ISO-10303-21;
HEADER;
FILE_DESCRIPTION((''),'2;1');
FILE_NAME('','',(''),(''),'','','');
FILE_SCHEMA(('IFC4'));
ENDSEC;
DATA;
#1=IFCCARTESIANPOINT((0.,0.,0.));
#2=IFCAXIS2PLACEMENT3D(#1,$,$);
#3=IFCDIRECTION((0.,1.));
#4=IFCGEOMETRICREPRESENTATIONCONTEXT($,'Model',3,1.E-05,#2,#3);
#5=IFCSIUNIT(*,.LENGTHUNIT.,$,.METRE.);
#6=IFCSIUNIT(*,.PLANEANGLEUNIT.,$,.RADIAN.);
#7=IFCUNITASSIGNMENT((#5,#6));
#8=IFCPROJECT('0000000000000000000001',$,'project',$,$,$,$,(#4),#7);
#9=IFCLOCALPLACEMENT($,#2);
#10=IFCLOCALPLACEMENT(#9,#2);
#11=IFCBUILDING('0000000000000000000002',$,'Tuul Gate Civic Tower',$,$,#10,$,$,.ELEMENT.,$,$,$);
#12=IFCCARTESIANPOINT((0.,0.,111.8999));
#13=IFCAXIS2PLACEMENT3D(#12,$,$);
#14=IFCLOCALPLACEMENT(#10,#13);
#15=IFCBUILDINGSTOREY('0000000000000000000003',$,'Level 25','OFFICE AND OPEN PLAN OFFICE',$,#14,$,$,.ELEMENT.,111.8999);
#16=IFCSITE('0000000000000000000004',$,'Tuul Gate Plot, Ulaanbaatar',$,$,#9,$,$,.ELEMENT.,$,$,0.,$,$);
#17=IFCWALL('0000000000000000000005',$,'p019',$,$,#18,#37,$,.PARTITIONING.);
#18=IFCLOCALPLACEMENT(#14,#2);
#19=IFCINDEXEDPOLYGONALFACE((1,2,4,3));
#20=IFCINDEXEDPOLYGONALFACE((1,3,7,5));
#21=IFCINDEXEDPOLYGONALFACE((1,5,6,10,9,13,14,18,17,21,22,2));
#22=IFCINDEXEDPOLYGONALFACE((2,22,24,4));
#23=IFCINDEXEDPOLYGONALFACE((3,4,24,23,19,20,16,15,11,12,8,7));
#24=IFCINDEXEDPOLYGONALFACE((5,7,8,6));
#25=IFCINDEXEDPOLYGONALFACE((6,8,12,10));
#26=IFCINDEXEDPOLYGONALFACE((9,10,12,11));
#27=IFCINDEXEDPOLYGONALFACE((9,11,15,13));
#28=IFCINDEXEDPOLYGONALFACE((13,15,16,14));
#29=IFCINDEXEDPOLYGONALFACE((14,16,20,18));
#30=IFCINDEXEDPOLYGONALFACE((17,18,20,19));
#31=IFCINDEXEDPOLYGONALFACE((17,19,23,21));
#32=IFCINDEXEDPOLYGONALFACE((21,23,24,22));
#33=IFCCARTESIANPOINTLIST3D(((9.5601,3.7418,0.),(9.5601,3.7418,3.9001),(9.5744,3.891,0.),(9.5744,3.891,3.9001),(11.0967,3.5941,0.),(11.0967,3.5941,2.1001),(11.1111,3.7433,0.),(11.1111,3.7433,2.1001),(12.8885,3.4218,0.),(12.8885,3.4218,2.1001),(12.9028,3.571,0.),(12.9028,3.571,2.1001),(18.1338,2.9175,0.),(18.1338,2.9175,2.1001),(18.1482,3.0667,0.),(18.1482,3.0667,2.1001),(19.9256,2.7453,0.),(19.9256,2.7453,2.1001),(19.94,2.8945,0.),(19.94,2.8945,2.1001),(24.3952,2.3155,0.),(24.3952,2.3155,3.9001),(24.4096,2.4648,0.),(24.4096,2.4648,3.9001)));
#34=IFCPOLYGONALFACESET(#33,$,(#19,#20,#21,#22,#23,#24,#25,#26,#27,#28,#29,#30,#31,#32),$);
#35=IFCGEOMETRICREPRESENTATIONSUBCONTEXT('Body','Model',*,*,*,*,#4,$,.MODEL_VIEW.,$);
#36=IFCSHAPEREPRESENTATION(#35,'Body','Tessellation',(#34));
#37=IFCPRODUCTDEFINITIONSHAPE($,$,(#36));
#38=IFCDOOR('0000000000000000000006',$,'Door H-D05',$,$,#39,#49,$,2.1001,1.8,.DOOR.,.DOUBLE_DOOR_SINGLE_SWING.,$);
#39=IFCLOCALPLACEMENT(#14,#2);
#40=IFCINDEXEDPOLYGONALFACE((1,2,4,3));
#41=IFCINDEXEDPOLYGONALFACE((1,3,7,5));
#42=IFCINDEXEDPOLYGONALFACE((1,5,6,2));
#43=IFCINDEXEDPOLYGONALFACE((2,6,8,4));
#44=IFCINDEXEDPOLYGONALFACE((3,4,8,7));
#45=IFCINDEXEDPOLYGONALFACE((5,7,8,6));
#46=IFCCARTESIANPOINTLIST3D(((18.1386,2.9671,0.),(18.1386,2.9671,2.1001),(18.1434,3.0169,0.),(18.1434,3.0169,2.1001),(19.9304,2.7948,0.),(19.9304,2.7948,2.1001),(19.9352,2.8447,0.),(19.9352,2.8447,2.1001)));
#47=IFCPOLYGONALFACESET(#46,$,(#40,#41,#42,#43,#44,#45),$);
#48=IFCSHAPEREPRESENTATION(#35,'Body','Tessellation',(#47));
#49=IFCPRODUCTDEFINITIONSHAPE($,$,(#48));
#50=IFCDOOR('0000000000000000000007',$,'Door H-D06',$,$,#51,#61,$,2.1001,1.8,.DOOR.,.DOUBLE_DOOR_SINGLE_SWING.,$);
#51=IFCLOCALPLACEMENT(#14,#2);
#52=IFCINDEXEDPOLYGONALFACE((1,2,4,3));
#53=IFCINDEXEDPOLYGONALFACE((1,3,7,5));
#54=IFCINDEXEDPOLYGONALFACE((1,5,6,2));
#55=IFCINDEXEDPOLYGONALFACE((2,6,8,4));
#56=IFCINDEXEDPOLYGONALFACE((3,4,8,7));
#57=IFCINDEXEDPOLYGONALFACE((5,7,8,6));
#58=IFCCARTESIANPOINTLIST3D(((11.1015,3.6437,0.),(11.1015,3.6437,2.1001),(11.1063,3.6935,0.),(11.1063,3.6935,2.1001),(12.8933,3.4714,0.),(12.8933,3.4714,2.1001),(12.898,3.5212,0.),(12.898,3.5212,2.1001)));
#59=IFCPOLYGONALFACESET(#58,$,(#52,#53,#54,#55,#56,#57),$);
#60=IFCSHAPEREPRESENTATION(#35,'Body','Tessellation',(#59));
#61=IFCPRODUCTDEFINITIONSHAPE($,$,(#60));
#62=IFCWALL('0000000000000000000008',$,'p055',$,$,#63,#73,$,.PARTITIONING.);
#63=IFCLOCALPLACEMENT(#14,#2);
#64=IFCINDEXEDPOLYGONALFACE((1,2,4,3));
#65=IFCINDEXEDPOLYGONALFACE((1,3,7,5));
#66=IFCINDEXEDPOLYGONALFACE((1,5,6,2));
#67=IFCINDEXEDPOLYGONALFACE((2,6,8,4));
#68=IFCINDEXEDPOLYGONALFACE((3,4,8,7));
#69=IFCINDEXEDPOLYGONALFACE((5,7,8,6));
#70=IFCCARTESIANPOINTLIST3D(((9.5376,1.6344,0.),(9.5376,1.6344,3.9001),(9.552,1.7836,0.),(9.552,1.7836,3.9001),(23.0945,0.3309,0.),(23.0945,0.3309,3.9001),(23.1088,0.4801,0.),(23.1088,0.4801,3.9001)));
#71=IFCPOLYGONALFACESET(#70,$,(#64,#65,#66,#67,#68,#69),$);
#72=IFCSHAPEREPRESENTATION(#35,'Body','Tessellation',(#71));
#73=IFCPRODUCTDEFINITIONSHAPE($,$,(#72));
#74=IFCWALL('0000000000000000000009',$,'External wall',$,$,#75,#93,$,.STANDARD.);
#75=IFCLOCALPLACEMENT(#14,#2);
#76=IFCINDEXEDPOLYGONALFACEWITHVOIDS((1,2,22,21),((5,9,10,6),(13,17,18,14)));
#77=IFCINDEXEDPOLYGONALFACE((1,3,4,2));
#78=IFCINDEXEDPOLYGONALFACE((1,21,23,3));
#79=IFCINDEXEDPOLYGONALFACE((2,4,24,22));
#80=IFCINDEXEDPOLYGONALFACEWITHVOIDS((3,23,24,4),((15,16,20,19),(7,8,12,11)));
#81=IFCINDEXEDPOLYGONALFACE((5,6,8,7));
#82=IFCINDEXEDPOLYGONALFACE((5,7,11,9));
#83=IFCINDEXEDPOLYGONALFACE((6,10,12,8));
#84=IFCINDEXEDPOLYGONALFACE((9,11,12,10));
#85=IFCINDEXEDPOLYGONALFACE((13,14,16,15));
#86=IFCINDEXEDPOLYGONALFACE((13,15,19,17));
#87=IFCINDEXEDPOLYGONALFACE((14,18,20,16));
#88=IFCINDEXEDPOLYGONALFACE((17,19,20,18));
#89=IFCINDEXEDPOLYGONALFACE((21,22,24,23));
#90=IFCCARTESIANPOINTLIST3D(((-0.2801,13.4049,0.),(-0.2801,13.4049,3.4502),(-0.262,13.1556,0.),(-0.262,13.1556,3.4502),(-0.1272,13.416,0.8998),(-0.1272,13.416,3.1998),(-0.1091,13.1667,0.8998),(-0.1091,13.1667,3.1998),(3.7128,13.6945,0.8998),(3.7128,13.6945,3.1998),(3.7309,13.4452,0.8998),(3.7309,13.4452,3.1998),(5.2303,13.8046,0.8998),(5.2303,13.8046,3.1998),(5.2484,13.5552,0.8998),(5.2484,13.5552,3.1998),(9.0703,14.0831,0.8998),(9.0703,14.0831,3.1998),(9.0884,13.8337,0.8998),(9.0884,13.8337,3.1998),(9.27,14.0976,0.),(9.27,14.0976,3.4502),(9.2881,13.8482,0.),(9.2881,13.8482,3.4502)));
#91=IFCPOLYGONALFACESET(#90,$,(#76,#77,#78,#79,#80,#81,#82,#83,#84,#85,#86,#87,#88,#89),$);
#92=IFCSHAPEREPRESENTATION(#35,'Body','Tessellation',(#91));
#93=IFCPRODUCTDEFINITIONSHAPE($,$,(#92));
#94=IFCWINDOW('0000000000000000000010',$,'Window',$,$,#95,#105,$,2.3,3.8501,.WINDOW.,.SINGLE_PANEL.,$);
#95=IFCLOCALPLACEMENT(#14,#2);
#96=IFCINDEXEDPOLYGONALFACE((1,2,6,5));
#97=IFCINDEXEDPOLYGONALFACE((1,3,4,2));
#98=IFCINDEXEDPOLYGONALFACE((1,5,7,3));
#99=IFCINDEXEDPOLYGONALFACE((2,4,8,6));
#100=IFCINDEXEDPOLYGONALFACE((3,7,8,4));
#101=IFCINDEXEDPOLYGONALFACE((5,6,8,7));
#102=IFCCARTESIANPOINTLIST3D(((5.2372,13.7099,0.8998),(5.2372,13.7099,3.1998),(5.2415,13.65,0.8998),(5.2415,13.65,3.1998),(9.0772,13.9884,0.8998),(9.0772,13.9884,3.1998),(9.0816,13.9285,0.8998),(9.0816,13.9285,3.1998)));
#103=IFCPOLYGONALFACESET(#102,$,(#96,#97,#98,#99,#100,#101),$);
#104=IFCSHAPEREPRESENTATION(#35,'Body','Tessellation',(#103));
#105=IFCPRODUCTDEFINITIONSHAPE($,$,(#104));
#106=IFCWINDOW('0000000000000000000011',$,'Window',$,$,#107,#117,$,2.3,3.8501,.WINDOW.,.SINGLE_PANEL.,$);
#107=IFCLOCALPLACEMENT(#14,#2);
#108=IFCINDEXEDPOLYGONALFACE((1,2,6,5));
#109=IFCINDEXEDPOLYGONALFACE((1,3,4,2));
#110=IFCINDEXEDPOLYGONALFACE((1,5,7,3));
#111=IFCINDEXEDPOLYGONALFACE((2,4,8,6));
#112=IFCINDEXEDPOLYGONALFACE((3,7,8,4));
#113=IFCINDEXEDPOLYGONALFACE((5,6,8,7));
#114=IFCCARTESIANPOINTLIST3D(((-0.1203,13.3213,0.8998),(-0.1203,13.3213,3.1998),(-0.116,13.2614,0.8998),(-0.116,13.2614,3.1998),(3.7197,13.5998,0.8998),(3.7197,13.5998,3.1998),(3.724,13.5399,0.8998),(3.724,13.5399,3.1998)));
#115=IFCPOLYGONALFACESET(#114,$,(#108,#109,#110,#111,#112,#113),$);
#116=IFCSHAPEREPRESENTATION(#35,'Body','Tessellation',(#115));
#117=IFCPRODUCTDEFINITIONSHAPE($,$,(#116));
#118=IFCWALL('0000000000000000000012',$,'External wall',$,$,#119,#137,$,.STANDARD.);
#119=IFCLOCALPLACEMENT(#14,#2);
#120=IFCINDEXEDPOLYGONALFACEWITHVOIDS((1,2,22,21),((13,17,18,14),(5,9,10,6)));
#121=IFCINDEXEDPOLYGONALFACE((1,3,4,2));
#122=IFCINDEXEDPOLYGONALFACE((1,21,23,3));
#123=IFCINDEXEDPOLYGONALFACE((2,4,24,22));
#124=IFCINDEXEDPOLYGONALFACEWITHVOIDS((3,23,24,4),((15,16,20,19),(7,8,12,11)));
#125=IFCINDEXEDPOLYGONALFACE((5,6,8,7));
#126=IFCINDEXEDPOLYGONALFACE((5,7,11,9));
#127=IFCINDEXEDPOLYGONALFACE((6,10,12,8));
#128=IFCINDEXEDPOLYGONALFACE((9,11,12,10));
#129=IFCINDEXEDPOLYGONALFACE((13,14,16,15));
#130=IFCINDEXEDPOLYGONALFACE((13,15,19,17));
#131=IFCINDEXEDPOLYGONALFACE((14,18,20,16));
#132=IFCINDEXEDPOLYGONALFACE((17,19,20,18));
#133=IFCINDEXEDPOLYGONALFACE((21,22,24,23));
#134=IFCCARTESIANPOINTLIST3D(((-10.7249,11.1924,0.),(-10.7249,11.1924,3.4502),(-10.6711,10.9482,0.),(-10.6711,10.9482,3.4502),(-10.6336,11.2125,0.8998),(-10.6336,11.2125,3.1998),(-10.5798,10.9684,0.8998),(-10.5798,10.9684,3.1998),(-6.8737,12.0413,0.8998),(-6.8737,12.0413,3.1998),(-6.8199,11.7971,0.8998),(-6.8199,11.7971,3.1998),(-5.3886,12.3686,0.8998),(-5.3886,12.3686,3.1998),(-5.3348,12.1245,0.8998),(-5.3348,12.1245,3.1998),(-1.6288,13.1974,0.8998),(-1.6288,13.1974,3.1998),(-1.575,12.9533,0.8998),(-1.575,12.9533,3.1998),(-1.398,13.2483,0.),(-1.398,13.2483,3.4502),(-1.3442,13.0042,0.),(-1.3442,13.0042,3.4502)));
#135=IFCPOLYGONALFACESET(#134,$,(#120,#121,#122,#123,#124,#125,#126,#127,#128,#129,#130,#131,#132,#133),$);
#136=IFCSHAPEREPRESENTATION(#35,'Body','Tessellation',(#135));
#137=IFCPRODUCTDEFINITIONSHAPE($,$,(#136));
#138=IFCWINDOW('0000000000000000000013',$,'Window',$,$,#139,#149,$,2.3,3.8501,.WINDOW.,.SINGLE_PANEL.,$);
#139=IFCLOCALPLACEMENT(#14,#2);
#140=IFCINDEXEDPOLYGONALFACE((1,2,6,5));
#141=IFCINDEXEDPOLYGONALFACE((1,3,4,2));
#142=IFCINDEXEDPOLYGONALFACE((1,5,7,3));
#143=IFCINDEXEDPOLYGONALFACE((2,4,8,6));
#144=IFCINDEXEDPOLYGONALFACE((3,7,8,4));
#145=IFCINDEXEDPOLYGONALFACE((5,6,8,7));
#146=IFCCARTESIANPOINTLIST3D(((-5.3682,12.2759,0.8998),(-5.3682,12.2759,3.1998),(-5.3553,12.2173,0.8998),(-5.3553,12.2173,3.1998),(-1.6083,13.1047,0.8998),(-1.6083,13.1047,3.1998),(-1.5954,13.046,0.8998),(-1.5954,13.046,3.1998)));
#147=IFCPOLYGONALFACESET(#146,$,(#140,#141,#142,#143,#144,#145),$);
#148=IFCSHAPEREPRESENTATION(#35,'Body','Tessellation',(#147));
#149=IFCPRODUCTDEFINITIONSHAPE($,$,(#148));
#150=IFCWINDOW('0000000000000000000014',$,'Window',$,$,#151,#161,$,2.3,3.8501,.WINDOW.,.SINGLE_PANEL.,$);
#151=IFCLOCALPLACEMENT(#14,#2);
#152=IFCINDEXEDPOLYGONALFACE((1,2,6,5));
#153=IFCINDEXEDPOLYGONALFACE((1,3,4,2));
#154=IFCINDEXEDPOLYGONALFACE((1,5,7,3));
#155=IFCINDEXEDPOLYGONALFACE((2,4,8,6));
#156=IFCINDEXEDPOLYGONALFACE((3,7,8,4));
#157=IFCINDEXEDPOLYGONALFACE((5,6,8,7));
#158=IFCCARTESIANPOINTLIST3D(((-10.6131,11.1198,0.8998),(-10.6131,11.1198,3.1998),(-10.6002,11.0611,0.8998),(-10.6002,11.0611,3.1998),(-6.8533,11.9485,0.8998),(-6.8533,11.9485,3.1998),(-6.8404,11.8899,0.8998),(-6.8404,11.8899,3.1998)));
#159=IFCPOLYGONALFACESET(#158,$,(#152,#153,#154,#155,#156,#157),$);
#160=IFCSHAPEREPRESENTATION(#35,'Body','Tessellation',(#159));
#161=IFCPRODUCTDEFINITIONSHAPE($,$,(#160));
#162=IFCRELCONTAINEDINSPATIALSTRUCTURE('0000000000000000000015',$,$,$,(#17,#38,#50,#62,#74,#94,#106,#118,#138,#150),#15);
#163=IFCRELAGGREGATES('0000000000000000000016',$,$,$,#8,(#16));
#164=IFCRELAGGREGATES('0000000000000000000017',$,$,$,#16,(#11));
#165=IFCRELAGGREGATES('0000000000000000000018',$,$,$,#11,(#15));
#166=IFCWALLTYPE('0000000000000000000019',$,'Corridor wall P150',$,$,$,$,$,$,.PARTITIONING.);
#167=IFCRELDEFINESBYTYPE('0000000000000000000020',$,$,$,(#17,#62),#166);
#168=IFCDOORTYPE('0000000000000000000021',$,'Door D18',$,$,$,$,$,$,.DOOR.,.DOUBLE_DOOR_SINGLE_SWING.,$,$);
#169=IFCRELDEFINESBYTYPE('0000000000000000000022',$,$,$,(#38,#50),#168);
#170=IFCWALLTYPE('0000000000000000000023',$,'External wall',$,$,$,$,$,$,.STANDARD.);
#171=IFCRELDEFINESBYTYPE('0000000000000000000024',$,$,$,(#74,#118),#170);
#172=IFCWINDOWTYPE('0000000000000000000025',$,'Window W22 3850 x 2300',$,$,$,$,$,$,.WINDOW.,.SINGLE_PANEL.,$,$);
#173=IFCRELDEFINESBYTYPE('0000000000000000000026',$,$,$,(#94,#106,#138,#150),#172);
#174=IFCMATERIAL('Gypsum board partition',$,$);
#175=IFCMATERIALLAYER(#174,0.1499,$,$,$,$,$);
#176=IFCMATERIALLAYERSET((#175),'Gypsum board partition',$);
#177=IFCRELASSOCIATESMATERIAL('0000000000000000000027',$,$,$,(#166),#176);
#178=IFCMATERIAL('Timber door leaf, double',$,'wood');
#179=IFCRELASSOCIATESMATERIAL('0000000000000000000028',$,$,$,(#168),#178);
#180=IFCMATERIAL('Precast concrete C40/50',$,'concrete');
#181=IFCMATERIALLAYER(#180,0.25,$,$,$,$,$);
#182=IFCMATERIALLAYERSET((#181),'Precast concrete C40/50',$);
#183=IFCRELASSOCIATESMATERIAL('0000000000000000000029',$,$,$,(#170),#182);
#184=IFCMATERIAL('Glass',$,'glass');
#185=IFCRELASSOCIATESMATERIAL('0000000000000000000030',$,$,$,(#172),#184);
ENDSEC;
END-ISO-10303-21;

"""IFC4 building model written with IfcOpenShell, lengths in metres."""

from ifc_helpers import new_model, si_unit, direction, frame, frame_2d, origin, place, context, subcontext, project, spatial, rectangle, extrude, material, layer, layer_set, type_object, element, fill, save


model = new_model("IFC4")

# Units and contexts
model_context = context("Model", 3, precision=1e-05, world=origin(), true_north=direction((0.0, 1.0)))
body_context = subcontext(model_context, "Body", "Model", "MODEL_VIEW")
ifc_project = project(units=[si_unit("LENGTHUNIT", "METRE"), si_unit("PLANEANGLEUNIT", "RADIAN")], contexts=[model_context])

# Site, building, storey
site_placement = place(None, origin())
site = spatial("IfcSite", under=ifc_project, at=site_placement, Name="Tuul Gate Plot, Ulaanbaatar", CompositionType="ELEMENT", RefElevation=0.0)
building_placement = place(site_placement, origin())
building = spatial("IfcBuilding", under=site, at=building_placement, Name="Tuul Gate Civic Tower", CompositionType="ELEMENT")
storey_placement = place(building_placement, frame((0.0, 0.0, 111.8999)))
storey = spatial("IfcBuildingStorey", under=building, at=storey_placement, Name="Level 25", Description="OFFICE AND OPEN PLAN OFFICE", CompositionType="ELEMENT", Elevation=111.8999)

# Wall, openings, doors
ifc_material_1 = material(Name="Gypsum board partition")
ifc_layer_1 = layer(ifc_material_1, 0.1499)
ifc_layer_set_1 = layer_set([ifc_layer_1], Name="Gypsum board partition")
wall_type_1 = type_object("IfcWallType", Name="Corridor wall P150", PredefinedType="PARTITIONING", material=ifc_layer_set_1)
wall_1_placement = place(storey_placement, frame((9.5674, 3.8164, 0.0), z_axis=(0.0, 0.0, 1.0), x_axis=(0.99541, -0.0957, 0.0)))
wall_1 = element("IfcWall", 1, at=wall_1_placement, inside=storey, type_object=wall_type_1, Name="p019", PredefinedType="PARTITIONING", context=body_context, shape_type="SweptSolid", body=[
    extrude(rectangle(XDim=14.9036, YDim=0.1499, at=frame_2d((7.4517, 0.0))), origin(), (0.0, 0.0, 1.0), 3.9001),
])
opening_1_placement = place(wall_1_placement, frame((8.6133, 0.0, 0.0)))
opening_1 = element("IfcOpeningElement", 2, at=opening_1_placement, cuts=wall_1, PredefinedType="OPENING", context=body_context, shape_type="SweptSolid", body=[
    extrude(rectangle(XDim=1.8, YDim=2.1001, at=frame_2d((0.8999, 1.05))), frame((0.0, 0.085, 0.0), z_axis=(0.0, -1.0, 0.0), x_axis=(1.0, 0.0, 0.0)), (0.0, 0.0, 1.0), 0.1699),
])
opening_2_placement = place(wall_1_placement, frame((1.5437, 0.0, 0.0)))
opening_2 = element("IfcOpeningElement", 3, at=opening_2_placement, cuts=wall_1, PredefinedType="OPENING", context=body_context, shape_type="SweptSolid", body=[
    extrude(rectangle(XDim=1.8, YDim=2.1001, at=frame_2d((0.8999, 1.05))), frame((0.0, 0.085, 0.0), z_axis=(0.0, -1.0, 0.0), x_axis=(1.0, 0.0, 0.0)), (0.0, 0.0, 1.0), 0.1699),
])
ifc_material_2 = material(Name="Timber door leaf, double", Category="wood")
door_type = type_object("IfcDoorType", Name="Door D18", OperationType="DOUBLE_DOOR_SINGLE_SWING", PredefinedType="DOOR", material=ifc_material_2)
door_1_placement = place(opening_1_placement, origin())
door_1 = element("IfcDoor", 4, at=door_1_placement, inside=storey, type_object=door_type, Name="Door H-D05", OperationType="DOUBLE_DOOR_SINGLE_SWING", OverallHeight=2.1001, OverallWidth=1.8, PredefinedType="DOOR", context=body_context, shape_type="SweptSolid", body=[
    extrude(rectangle(XDim=1.8, YDim=2.1001, at=frame_2d((0.8999, 1.05))), frame((0.0, 0.0249, 0.0), z_axis=(0.0, -1.0, 0.0), x_axis=(1.0, 0.0, 0.0)), (0.0, 0.0, 1.0), 0.05),
])
fill(opening_1, door_1)
door_2_placement = place(opening_2_placement, origin())
door_2 = element("IfcDoor", 5, at=door_2_placement, inside=storey, type_object=door_type, Name="Door H-D06", OperationType="DOUBLE_DOOR_SINGLE_SWING", OverallHeight=2.1001, OverallWidth=1.8, PredefinedType="DOOR", context=body_context, shape_type="SweptSolid", body=[
    extrude(rectangle(XDim=1.8, YDim=2.1001, at=frame_2d((0.8999, 1.05))), frame((0.0, 0.0249, 0.0), z_axis=(0.0, -1.0, 0.0), x_axis=(1.0, 0.0, 0.0)), (0.0, 0.0, 1.0), 0.05),
])
fill(opening_2, door_2)

# Wall
wall_2_placement = place(storey_placement, frame((9.5449, 1.709, 0.0), z_axis=(0.0, 0.0, 1.0), x_axis=(0.99541, -0.095707, 0.0)))
element("IfcWall", 6, at=wall_2_placement, inside=storey, type_object=wall_type_1, Name="p055", PredefinedType="PARTITIONING", context=body_context, shape_type="SweptSolid", body=[
    extrude(rectangle(XDim=13.6194, YDim=0.1499, at=frame_2d((6.8096, 0.0))), origin(), (0.0, 0.0, 1.0), 3.9001),
])

# Walls, openings, windows
ifc_material_3 = material(Name="Precast concrete C40/50", Category="concrete")
ifc_layer_2 = layer(ifc_material_3, 0.25)
ifc_layer_set_2 = layer_set([ifc_layer_2], Name="Precast concrete C40/50")
wall_type_2 = type_object("IfcWallType", Name="External wall", PredefinedType="STANDARD", material=ifc_layer_set_2)
wall_3_placement = place(storey_placement, frame((9.2791, 13.9729, 0.0), z_axis=(0.0, 0.0, 1.0), x_axis=(-0.99738, -0.072336, 0.0)))
wall_3 = element("IfcWall", 7, at=wall_3_placement, inside=storey, type_object=wall_type_2, Name="External wall", PredefinedType="STANDARD", context=body_context, shape_type="SweptSolid", body=[
    extrude(rectangle(XDim=9.5752, YDim=0.25, at=frame_2d((4.7876, 0.0))), origin(), (0.0, 0.0, 1.0), 3.4502),
])
opening_3_placement = place(wall_3_placement, frame((0.2002, 0.0, 0.8999)))
opening_3 = element("IfcOpeningElement", 8, at=opening_3_placement, cuts=wall_3, PredefinedType="OPENING", context=body_context, shape_type="SweptSolid", body=[
    extrude(rectangle(XDim=3.8501, YDim=2.3, at=frame_2d((1.925, 1.1499))), frame((0.0, 0.135, 0.0), z_axis=(0.0, -1.0, 0.0), x_axis=(1.0, 0.0, 0.0)), (0.0, 0.0, 1.0), 0.27),
])
opening_4_placement = place(wall_3_placement, frame((5.5718, 0.0, 0.8999)))
opening_4 = element("IfcOpeningElement", 9, at=opening_4_placement, cuts=wall_3, PredefinedType="OPENING", context=body_context, shape_type="SweptSolid", body=[
    extrude(rectangle(XDim=3.8501, YDim=2.3, at=frame_2d((1.925, 1.1499))), frame((0.0, 0.135, 0.0), z_axis=(0.0, -1.0, 0.0), x_axis=(1.0, 0.0, 0.0)), (0.0, 0.0, 1.0), 0.27),
])
ifc_material_4 = material(Name="Glass", Category="glass")
window_type = type_object("IfcWindowType", Name="Window W22 3850 x 2300", PartitioningType="SINGLE_PANEL", PredefinedType="WINDOW", material=ifc_material_4)
window_1_placement = place(opening_3_placement, origin())
window_1 = element("IfcWindow", 10, at=window_1_placement, inside=storey, type_object=window_type, Name="Window", OverallHeight=2.3, OverallWidth=3.8501, PartitioningType="SINGLE_PANEL", PredefinedType="WINDOW", context=body_context, shape_type="SweptSolid", body=[
    extrude(rectangle(XDim=3.8501, YDim=2.3, at=frame_2d((1.925, 1.1499))), frame((0.0, 0.03, 0.0), z_axis=(0.0, -1.0, 0.0), x_axis=(1.0, 0.0, 0.0)), (0.0, 0.0, 1.0), 0.0601),
])
fill(opening_3, window_1)
window_2_placement = place(opening_4_placement, origin())
window_2 = element("IfcWindow", 11, at=window_2_placement, inside=storey, type_object=window_type, Name="Window", OverallHeight=2.3, OverallWidth=3.8501, PartitioningType="SINGLE_PANEL", PredefinedType="WINDOW", context=body_context, shape_type="SweptSolid", body=[
    extrude(rectangle(XDim=3.8501, YDim=2.3, at=frame_2d((1.925, 1.1499))), frame((0.0, 0.03, 0.0), z_axis=(0.0, -1.0, 0.0), x_axis=(1.0, 0.0, 0.0)), (0.0, 0.0, 1.0), 0.0601),
])
fill(opening_4, window_2)
wall_4_placement = place(storey_placement, frame((-1.3711, 13.1262, 0.0), z_axis=(0.0, 0.0, 1.0), x_axis=(-0.976557, -0.21526, 0.0)))
wall_4 = element("IfcWall", 12, at=wall_4_placement, inside=storey, type_object=wall_type_2, Name="External wall", PredefinedType="STANDARD", context=body_context, shape_type="SweptSolid", body=[
    extrude(rectangle(XDim=9.5508, YDim=0.25, at=frame_2d((4.7754, 0.0))), origin(), (0.0, 0.0, 1.0), 3.4502),
])
opening_5_placement = place(wall_4_placement, frame((0.2363, 0.0, 0.8999)))
opening_5 = element("IfcOpeningElement", 13, at=opening_5_placement, cuts=wall_4, PredefinedType="OPENING", context=body_context, shape_type="SweptSolid", body=[
    extrude(rectangle(XDim=3.8501, YDim=2.3, at=frame_2d((1.925, 1.1499))), frame((0.0, 0.135, 0.0), z_axis=(0.0, -1.0, 0.0), x_axis=(1.0, 0.0, 0.0)), (0.0, 0.0, 1.0), 0.27),
])
opening_6_placement = place(wall_4_placement, frame((5.6072, 0.0, 0.8999)))
opening_6 = element("IfcOpeningElement", 14, at=opening_6_placement, cuts=wall_4, PredefinedType="OPENING", context=body_context, shape_type="SweptSolid", body=[
    extrude(rectangle(XDim=3.8501, YDim=2.3, at=frame_2d((1.925, 1.1499))), frame((0.0, 0.135, 0.0), z_axis=(0.0, -1.0, 0.0), x_axis=(1.0, 0.0, 0.0)), (0.0, 0.0, 1.0), 0.27),
])
window_3_placement = place(opening_5_placement, origin())
window_3 = element("IfcWindow", 15, at=window_3_placement, inside=storey, type_object=window_type, Name="Window", OverallHeight=2.3, OverallWidth=3.8501, PartitioningType="SINGLE_PANEL", PredefinedType="WINDOW", context=body_context, shape_type="SweptSolid", body=[
    extrude(rectangle(XDim=3.8501, YDim=2.3, at=frame_2d((1.925, 1.1499))), frame((0.0, 0.03, 0.0), z_axis=(0.0, -1.0, 0.0), x_axis=(1.0, 0.0, 0.0)), (0.0, 0.0, 1.0), 0.0601),
])
fill(opening_5, window_3)
window_4_placement = place(opening_6_placement, origin())
window_4 = element("IfcWindow", 16, at=window_4_placement, inside=storey, type_object=window_type, Name="Window", OverallHeight=2.3, OverallWidth=3.8501, PartitioningType="SINGLE_PANEL", PredefinedType="WINDOW", context=body_context, shape_type="SweptSolid", body=[
    extrude(rectangle(XDim=3.8501, YDim=2.3, at=frame_2d((1.925, 1.1499))), frame((0.0, 0.03, 0.0), z_axis=(0.0, -1.0, 0.0), x_axis=(1.0, 0.0, 0.0)), (0.0, 0.0, 1.0), 0.0601),
])
fill(opening_6, window_4)

save(model, "model.ifc")
